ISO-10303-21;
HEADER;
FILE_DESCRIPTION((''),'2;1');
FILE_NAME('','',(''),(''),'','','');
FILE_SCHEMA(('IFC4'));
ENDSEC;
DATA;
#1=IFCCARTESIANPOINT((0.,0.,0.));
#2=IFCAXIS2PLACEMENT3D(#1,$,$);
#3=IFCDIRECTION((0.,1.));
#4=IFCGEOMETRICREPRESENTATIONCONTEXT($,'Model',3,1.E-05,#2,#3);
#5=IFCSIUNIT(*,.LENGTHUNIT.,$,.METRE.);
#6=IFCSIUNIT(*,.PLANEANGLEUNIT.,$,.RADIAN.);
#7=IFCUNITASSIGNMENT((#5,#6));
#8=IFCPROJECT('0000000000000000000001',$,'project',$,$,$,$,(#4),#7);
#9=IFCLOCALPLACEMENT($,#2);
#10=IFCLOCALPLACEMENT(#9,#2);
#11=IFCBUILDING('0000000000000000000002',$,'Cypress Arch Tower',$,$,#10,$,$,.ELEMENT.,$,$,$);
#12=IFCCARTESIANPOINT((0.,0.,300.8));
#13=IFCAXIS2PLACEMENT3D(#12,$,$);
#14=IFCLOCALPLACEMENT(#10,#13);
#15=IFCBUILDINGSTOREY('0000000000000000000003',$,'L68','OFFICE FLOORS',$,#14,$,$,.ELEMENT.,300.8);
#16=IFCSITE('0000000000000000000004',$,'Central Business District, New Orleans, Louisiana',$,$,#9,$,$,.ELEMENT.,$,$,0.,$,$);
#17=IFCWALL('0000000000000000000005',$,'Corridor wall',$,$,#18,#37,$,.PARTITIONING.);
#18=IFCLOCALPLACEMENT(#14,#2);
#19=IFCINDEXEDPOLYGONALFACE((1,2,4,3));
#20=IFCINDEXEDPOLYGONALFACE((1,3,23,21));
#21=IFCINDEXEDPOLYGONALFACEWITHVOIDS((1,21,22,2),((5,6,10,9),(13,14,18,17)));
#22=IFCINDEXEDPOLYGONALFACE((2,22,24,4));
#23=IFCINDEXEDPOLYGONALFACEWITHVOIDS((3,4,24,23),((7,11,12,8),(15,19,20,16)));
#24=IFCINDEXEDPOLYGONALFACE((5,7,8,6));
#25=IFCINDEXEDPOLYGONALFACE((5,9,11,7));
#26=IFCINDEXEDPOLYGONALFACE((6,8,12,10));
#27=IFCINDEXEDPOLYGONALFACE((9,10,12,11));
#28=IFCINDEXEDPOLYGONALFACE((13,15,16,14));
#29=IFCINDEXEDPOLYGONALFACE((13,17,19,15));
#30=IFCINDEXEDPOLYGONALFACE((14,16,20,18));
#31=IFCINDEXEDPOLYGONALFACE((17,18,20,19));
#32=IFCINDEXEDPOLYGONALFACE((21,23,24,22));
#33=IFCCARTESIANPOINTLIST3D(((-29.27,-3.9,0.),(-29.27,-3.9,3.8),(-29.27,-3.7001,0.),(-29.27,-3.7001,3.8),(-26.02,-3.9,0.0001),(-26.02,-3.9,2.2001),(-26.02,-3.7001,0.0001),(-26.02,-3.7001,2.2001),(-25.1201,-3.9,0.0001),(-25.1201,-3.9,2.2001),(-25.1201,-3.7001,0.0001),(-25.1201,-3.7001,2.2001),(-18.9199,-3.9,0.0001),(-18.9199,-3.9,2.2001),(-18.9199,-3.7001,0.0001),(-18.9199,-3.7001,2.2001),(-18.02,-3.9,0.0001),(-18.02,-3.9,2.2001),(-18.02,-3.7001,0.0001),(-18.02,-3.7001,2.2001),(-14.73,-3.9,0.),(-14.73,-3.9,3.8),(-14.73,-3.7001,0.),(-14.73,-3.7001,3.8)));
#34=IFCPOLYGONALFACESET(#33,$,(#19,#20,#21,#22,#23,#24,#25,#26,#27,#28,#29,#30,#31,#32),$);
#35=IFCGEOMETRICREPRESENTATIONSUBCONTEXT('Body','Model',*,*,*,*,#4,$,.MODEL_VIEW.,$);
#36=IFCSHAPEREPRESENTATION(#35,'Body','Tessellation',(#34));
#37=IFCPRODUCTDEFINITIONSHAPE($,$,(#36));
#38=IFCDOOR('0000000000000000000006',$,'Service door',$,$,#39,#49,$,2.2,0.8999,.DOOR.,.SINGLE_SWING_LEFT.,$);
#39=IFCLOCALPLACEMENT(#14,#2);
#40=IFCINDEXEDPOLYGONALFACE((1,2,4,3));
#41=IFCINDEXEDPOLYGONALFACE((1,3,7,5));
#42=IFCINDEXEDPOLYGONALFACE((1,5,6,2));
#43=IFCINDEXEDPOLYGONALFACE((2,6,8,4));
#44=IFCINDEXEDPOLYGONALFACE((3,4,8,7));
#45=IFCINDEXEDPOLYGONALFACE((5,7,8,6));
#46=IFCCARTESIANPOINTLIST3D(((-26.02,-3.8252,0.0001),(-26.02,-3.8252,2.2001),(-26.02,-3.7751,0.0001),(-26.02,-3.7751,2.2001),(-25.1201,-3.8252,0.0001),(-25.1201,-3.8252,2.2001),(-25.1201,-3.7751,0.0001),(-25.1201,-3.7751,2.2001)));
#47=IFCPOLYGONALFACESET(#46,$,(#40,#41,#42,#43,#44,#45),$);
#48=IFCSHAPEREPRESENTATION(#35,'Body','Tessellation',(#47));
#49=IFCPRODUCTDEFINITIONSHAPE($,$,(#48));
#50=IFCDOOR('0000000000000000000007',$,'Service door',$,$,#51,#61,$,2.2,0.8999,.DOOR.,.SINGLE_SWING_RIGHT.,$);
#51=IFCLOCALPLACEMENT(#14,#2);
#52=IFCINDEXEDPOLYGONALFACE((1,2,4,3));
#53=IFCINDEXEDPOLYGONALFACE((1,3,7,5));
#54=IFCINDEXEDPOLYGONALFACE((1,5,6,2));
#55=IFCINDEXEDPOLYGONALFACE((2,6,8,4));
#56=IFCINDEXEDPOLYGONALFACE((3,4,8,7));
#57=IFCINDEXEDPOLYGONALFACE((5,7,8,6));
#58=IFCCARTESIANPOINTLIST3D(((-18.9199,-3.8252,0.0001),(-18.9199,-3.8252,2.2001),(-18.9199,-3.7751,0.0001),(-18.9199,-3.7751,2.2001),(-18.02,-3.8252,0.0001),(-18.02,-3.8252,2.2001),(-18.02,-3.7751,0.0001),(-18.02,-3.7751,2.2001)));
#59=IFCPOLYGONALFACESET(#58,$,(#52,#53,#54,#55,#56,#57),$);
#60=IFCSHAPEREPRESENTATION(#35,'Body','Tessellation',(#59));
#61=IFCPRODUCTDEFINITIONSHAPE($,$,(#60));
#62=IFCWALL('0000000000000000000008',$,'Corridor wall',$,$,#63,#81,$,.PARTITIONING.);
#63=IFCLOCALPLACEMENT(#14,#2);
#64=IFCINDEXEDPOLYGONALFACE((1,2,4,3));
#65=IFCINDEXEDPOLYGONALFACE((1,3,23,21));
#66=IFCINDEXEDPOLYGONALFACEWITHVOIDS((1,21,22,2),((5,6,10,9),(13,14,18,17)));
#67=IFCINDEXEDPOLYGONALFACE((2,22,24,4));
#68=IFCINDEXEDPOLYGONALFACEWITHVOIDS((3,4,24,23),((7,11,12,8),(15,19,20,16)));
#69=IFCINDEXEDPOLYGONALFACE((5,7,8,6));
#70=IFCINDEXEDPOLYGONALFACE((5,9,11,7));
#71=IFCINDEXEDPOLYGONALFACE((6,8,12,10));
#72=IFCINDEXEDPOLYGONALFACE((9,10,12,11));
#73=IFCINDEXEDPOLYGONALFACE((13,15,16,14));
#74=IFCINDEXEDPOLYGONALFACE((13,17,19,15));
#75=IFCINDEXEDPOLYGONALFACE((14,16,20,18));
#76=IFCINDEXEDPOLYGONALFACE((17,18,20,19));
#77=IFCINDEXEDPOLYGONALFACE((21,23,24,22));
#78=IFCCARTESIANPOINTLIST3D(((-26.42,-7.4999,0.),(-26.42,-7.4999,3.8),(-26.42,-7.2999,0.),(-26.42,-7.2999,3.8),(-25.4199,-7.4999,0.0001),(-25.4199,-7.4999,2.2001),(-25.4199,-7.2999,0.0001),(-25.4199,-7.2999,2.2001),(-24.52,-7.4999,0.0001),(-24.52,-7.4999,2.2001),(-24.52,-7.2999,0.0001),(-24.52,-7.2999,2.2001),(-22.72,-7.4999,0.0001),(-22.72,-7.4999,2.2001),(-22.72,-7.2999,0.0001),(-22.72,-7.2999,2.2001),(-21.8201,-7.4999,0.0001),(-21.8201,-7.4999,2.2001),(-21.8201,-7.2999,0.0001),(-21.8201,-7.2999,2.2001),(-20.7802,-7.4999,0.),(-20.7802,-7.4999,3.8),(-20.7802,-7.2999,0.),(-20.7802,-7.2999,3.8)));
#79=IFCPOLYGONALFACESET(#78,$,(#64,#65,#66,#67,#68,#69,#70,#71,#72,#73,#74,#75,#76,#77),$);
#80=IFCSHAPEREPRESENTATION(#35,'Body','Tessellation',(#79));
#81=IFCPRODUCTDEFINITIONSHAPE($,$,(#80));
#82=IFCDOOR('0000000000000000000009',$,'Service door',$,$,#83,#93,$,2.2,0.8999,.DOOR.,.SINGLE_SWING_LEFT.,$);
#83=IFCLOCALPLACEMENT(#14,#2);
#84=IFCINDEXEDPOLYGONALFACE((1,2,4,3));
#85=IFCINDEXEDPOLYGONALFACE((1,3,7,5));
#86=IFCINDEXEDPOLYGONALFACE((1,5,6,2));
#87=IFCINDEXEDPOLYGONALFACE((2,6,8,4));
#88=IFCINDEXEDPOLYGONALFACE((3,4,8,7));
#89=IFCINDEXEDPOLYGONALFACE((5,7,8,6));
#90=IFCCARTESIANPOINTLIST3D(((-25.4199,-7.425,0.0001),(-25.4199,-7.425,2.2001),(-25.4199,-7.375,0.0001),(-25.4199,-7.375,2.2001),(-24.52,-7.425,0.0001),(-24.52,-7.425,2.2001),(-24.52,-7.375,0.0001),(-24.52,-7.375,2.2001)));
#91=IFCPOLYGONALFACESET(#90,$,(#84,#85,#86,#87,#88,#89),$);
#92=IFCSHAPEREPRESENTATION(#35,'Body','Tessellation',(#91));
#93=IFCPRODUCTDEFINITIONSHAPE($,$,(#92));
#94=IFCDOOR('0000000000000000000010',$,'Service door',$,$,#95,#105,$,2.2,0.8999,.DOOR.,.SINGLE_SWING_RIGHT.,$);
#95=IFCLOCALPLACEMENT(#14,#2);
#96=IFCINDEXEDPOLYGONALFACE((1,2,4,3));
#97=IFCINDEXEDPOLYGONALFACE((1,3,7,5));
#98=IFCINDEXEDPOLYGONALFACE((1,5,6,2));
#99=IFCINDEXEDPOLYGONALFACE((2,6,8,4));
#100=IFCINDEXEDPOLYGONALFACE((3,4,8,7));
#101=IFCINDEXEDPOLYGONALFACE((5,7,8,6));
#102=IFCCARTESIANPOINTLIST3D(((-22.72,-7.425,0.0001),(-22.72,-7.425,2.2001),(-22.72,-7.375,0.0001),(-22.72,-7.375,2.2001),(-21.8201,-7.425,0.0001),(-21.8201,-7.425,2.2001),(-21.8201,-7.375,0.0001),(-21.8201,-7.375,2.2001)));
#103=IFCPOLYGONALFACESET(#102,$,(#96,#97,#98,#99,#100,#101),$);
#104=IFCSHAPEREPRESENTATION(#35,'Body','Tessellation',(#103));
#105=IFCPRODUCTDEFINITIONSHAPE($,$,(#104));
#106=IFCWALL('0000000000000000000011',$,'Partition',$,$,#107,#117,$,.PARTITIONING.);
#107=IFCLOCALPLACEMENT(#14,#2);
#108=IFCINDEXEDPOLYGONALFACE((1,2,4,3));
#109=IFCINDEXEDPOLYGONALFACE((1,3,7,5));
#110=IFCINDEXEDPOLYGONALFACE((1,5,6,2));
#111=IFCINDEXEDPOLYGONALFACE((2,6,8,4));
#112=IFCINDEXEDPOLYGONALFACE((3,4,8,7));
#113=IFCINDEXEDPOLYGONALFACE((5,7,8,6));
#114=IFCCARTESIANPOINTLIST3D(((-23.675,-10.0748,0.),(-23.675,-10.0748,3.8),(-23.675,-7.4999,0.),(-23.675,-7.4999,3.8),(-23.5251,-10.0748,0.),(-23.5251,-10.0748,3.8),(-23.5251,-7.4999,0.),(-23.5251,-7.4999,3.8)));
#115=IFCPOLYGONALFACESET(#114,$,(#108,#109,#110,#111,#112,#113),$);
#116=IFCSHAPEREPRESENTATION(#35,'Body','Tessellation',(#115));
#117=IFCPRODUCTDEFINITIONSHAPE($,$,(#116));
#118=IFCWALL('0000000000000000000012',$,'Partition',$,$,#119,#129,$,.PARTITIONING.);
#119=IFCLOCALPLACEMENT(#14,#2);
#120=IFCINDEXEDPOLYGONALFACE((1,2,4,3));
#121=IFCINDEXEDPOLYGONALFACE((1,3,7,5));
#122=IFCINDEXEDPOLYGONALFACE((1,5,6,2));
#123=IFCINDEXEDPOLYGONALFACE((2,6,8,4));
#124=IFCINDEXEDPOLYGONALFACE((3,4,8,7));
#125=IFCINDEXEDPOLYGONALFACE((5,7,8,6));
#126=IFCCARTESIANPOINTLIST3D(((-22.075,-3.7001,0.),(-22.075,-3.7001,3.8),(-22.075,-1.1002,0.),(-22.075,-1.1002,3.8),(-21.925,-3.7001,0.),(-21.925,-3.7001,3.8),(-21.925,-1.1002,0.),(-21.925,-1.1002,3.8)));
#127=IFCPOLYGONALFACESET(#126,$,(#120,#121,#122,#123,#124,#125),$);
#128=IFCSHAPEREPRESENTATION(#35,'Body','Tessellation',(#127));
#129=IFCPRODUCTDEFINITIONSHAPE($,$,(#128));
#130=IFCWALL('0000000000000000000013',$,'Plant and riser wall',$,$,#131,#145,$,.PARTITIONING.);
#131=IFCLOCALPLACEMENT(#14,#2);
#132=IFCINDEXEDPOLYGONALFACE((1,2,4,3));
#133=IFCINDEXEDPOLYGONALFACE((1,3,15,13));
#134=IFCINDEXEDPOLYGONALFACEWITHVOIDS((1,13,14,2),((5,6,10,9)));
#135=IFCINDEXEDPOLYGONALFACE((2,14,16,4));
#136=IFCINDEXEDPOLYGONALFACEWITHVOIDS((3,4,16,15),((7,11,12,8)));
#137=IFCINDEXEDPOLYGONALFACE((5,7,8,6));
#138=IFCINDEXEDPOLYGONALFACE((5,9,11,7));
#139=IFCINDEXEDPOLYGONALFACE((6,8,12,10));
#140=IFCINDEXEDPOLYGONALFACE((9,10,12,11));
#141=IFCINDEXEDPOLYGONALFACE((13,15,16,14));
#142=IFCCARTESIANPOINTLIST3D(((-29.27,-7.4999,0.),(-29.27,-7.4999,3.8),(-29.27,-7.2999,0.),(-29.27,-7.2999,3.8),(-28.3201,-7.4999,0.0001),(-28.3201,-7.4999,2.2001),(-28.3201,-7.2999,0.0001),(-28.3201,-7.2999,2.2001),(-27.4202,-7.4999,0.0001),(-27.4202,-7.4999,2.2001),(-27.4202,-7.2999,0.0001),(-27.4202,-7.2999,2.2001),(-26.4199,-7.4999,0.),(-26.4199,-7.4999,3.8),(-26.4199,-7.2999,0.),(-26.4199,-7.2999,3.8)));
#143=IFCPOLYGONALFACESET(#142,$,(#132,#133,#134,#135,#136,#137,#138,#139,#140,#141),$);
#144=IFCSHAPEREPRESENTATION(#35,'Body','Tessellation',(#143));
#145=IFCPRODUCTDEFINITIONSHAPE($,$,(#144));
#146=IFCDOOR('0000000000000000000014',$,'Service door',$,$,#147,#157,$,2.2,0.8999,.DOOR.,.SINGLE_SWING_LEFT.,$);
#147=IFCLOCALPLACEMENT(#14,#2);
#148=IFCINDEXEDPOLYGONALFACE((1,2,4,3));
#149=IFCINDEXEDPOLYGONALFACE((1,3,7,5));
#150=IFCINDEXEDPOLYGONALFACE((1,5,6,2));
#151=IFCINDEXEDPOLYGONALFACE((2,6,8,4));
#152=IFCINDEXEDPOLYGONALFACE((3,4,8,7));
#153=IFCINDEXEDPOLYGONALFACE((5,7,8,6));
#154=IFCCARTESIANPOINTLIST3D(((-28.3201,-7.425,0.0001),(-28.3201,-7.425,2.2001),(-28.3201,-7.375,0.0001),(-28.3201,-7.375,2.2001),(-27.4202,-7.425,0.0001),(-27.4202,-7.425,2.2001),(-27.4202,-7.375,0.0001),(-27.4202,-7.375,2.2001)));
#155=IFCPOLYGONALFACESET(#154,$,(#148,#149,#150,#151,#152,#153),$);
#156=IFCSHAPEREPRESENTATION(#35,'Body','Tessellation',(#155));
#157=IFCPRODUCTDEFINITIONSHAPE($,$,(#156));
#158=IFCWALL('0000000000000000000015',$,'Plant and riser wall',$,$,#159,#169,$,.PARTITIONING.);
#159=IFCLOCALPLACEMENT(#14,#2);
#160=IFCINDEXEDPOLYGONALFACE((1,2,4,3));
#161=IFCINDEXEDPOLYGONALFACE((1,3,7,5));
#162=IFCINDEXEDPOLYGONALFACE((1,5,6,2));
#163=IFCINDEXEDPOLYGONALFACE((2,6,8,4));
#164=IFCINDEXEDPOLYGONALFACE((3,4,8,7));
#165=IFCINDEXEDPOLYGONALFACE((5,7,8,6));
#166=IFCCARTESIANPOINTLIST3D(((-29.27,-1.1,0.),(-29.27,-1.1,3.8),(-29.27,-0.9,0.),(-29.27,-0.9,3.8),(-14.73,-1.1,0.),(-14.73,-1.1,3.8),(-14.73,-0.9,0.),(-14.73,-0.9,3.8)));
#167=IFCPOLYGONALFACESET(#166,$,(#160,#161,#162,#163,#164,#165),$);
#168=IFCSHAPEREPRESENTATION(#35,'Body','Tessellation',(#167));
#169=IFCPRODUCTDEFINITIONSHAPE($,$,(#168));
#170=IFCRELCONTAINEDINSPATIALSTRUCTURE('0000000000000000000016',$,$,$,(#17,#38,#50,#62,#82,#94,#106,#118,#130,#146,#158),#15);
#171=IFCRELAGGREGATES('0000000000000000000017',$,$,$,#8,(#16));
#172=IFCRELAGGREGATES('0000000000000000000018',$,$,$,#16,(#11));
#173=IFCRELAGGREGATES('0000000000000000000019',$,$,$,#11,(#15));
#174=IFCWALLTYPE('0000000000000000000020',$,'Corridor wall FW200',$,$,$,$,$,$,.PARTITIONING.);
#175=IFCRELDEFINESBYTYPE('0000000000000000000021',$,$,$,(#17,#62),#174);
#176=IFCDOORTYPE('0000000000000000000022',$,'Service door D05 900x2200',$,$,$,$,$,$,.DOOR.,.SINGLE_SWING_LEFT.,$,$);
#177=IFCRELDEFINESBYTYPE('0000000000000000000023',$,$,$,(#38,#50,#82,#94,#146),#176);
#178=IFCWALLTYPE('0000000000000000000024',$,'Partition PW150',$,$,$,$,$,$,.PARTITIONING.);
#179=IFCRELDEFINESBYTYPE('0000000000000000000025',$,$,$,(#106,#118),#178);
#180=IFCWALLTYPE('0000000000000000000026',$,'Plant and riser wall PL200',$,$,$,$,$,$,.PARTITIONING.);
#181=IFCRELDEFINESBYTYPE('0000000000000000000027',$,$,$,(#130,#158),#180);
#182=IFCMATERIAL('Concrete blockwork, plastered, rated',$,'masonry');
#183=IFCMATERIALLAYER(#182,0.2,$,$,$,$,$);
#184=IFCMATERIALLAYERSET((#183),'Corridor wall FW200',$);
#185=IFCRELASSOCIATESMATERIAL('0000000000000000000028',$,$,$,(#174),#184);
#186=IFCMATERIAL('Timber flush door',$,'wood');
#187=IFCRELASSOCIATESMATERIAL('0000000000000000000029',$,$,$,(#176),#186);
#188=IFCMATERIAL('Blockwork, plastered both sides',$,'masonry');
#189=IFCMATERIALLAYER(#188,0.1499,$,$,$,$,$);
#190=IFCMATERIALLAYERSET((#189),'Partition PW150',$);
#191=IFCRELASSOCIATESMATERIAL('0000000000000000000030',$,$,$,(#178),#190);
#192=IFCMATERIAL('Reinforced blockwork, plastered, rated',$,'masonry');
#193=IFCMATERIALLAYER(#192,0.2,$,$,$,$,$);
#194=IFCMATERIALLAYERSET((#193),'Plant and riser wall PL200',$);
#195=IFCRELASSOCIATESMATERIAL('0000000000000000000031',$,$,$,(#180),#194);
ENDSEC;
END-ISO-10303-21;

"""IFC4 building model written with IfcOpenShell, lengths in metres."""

from ifc_helpers import new_model, si_unit, direction, frame, frame_2d, origin, place, context, subcontext, project, spatial, rectangle, extrude, material, layer, layer_set, type_object, element, fill, save


model = new_model("IFC4")

# Units and contexts
model_context = context("Model", 3, precision=1e-05, world=origin(), true_north=direction((0.0, 1.0)))
body_context = subcontext(model_context, "Body", "Model", "MODEL_VIEW")
ifc_project = project(units=[si_unit("LENGTHUNIT", "METRE"), si_unit("PLANEANGLEUNIT", "RADIAN")], contexts=[model_context])

# Site, building, storey
site_placement = place(None, origin())
site = spatial("IfcSite", under=ifc_project, at=site_placement, Name="Central Business District, New Orleans, Louisiana", CompositionType="ELEMENT", RefElevation=0.0)
building_placement = place(site_placement, origin())
building = spatial("IfcBuilding", under=site, at=building_placement, Name="Cypress Arch Tower", CompositionType="ELEMENT")
storey_placement = place(building_placement, frame((0.0, 0.0, 300.8)))
storey = spatial("IfcBuildingStorey", under=building, at=storey_placement, Name="L68", Description="OFFICE FLOORS", CompositionType="ELEMENT", Elevation=300.8)

# Walls, openings, doors
ifc_material_1 = material(Name="Concrete blockwork, plastered, rated", Category="masonry")
ifc_layer_1 = layer(ifc_material_1, 0.2)
ifc_layer_set_1 = layer_set([ifc_layer_1], Name="Corridor wall FW200")
wall_type_1 = type_object("IfcWallType", Name="Corridor wall FW200", PredefinedType="PARTITIONING", material=ifc_layer_set_1)
wall_1_placement = place(storey_placement, frame((-29.27, -3.8, 0.0), z_axis=(0.0, 0.0, 1.0), x_axis=(1.0, 0.0, 0.0)))
wall_1 = element("IfcWall", 1, at=wall_1_placement, inside=storey, type_object=wall_type_1, Name="Corridor wall", PredefinedType="PARTITIONING", context=body_context, shape_type="SweptSolid", body=[
    extrude(rectangle(XDim=14.54, YDim=0.2, at=frame_2d((7.27, 0.0))), origin(), (0.0, 0.0, 1.0), 3.8),
])
opening_1_placement = place(wall_1_placement, frame((3.25, 0.0, 0.0)))
opening_1 = element("IfcOpeningElement", 2, at=opening_1_placement, cuts=wall_1, PredefinedType="OPENING", context=body_context, shape_type="SweptSolid", body=[
    extrude(rectangle(XDim=0.8999, YDim=2.2, at=frame_2d((0.45, 1.1001))), frame((0.0, 0.1099, 0.0), z_axis=(0.0, -1.0, 0.0), x_axis=(1.0, 0.0, 0.0)), (0.0, 0.0, 1.0), 0.22),
])
opening_2_placement = place(wall_1_placement, frame((10.3501, 0.0, 0.0)))
opening_2 = element("IfcOpeningElement", 3, at=opening_2_placement, cuts=wall_1, PredefinedType="OPENING", context=body_context, shape_type="SweptSolid", body=[
    extrude(rectangle(XDim=0.8999, YDim=2.2, at=frame_2d((0.45, 1.1001))), frame((0.0, 0.1099, 0.0), z_axis=(0.0, -1.0, 0.0), x_axis=(1.0, 0.0, 0.0)), (0.0, 0.0, 1.0), 0.22),
])
ifc_material_2 = material(Name="Timber flush door", Category="wood")
door_type = type_object("IfcDoorType", Name="Service door D05 900x2200", OperationType="SINGLE_SWING_LEFT", PredefinedType="DOOR", material=ifc_material_2)
door_1_placement = place(opening_1_placement, origin())
door_1 = element("IfcDoor", 4, at=door_1_placement, inside=storey, type_object=door_type, Name="Service door", OperationType="SINGLE_SWING_LEFT", OverallHeight=2.2, OverallWidth=0.8999, PredefinedType="DOOR", context=body_context, shape_type="SweptSolid", body=[
    extrude(rectangle(XDim=0.8999, YDim=2.2, at=frame_2d((0.45, 1.1001))), frame((0.0, 0.0249, 0.0), z_axis=(0.0, -1.0, 0.0), x_axis=(1.0, 0.0, 0.0)), (0.0, 0.0, 1.0), 0.05),
])
fill(opening_1, door_1)
door_2_placement = place(opening_2_placement, origin())
door_2 = element("IfcDoor", 5, at=door_2_placement, inside=storey, type_object=door_type, Name="Service door", OperationType="SINGLE_SWING_RIGHT", OverallHeight=2.2, OverallWidth=0.8999, PredefinedType="DOOR", context=body_context, shape_type="SweptSolid", body=[
    extrude(rectangle(XDim=0.8999, YDim=2.2, at=frame_2d((0.45, 1.1001))), frame((0.0, 0.0249, 0.0), z_axis=(0.0, -1.0, 0.0), x_axis=(1.0, 0.0, 0.0)), (0.0, 0.0, 1.0), 0.05),
])
fill(opening_2, door_2)
wall_2_placement = place(storey_placement, frame((-26.4199, -7.3999, 0.0), z_axis=(0.0, 0.0, 1.0), x_axis=(1.0, 0.0, 0.0)))
wall_2 = element("IfcWall", 6, at=wall_2_placement, inside=storey, type_object=wall_type_1, Name="Corridor wall", PredefinedType="PARTITIONING", context=body_context, shape_type="SweptSolid", body=[
    extrude(rectangle(XDim=5.6399, YDim=0.2, at=frame_2d((2.8198, 0.0))), origin(), (0.0, 0.0, 1.0), 3.8),
])
opening_3_placement = place(wall_2_placement, frame((1.0, 0.0, 0.0)))
opening_3 = element("IfcOpeningElement", 7, at=opening_3_placement, cuts=wall_2, PredefinedType="OPENING", context=body_context, shape_type="SweptSolid", body=[
    extrude(rectangle(XDim=0.8999, YDim=2.2, at=frame_2d((0.45, 1.1001))), frame((0.0, 0.1099, 0.0), z_axis=(0.0, -1.0, 0.0), x_axis=(1.0, 0.0, 0.0)), (0.0, 0.0, 1.0), 0.22),
])
opening_4_placement = place(wall_2_placement, frame((3.7, 0.0, 0.0)))
opening_4 = element("IfcOpeningElement", 8, at=opening_4_placement, cuts=wall_2, PredefinedType="OPENING", context=body_context, shape_type="SweptSolid", body=[
    extrude(rectangle(XDim=0.8999, YDim=2.2, at=frame_2d((0.45, 1.1001))), frame((0.0, 0.1099, 0.0), z_axis=(0.0, -1.0, 0.0), x_axis=(1.0, 0.0, 0.0)), (0.0, 0.0, 1.0), 0.22),
])
door_3_placement = place(opening_3_placement, origin())
door_3 = element("IfcDoor", 9, at=door_3_placement, inside=storey, type_object=door_type, Name="Service door", OperationType="SINGLE_SWING_LEFT", OverallHeight=2.2, OverallWidth=0.8999, PredefinedType="DOOR", context=body_context, shape_type="SweptSolid", body=[
    extrude(rectangle(XDim=0.8999, YDim=2.2, at=frame_2d((0.45, 1.1001))), frame((0.0, 0.0249, 0.0), z_axis=(0.0, -1.0, 0.0), x_axis=(1.0, 0.0, 0.0)), (0.0, 0.0, 1.0), 0.05),
])
fill(opening_3, door_3)
door_4_placement = place(opening_4_placement, origin())
door_4 = element("IfcDoor", 10, at=door_4_placement, inside=storey, type_object=door_type, Name="Service door", OperationType="SINGLE_SWING_RIGHT", OverallHeight=2.2, OverallWidth=0.8999, PredefinedType="DOOR", context=body_context, shape_type="SweptSolid", body=[
    extrude(rectangle(XDim=0.8999, YDim=2.2, at=frame_2d((0.45, 1.1001))), frame((0.0, 0.0249, 0.0), z_axis=(0.0, -1.0, 0.0), x_axis=(1.0, 0.0, 0.0)), (0.0, 0.0, 1.0), 0.05),
])
fill(opening_4, door_4)

# Walls
ifc_material_3 = material(Name="Blockwork, plastered both sides", Category="masonry")
ifc_layer_2 = layer(ifc_material_3, 0.1499)
ifc_layer_set_2 = layer_set([ifc_layer_2], Name="Partition PW150")
wall_type_2 = type_object("IfcWallType", Name="Partition PW150", PredefinedType="PARTITIONING", material=ifc_layer_set_2)
wall_3_placement = place(storey_placement, frame((-23.6001, -10.075, 0.0), z_axis=(0.0, 0.0, 1.0), x_axis=(0.0, 1.0, 0.0)))
element("IfcWall", 11, at=wall_3_placement, inside=storey, type_object=wall_type_2, Name="Partition", PredefinedType="PARTITIONING", context=body_context, shape_type="SweptSolid", body=[
    extrude(rectangle(XDim=2.575, YDim=0.1499, at=frame_2d((1.2876, 0.0))), origin(), (0.0, 0.0, 1.0), 3.8),
])
wall_4_placement = place(storey_placement, frame((-22.0, -3.7, 0.0), z_axis=(0.0, 0.0, 1.0), x_axis=(0.0, 1.0, 0.0)))
element("IfcWall", 12, at=wall_4_placement, inside=storey, type_object=wall_type_2, Name="Partition", PredefinedType="PARTITIONING", context=body_context, shape_type="SweptSolid", body=[
    extrude(rectangle(XDim=2.5999, YDim=0.1499, at=frame_2d((1.2998, 0.0))), origin(), (0.0, 0.0, 1.0), 3.8),
])

# Wall, opening, door
ifc_material_4 = material(Name="Reinforced blockwork, plastered, rated", Category="masonry")
ifc_layer_3 = layer(ifc_material_4, 0.2)
ifc_layer_set_3 = layer_set([ifc_layer_3], Name="Plant and riser wall PL200")
wall_type_3 = type_object("IfcWallType", Name="Plant and riser wall PL200", PredefinedType="PARTITIONING", material=ifc_layer_set_3)
wall_5_placement = place(storey_placement, frame((-29.27, -7.3999, 0.0), z_axis=(0.0, 0.0, 1.0), x_axis=(1.0, 0.0, 0.0)))
wall_5 = element("IfcWall", 13, at=wall_5_placement, inside=storey, type_object=wall_type_3, Name="Plant and riser wall", PredefinedType="PARTITIONING", context=body_context, shape_type="SweptSolid", body=[
    extrude(rectangle(XDim=2.8501, YDim=0.2, at=frame_2d((1.425, 0.0))), origin(), (0.0, 0.0, 1.0), 3.8),
])
opening_5_placement = place(wall_5_placement, frame((0.95, 0.0, 0.0)))
opening_5 = element("IfcOpeningElement", 14, at=opening_5_placement, cuts=wall_5, PredefinedType="OPENING", context=body_context, shape_type="SweptSolid", body=[
    extrude(rectangle(XDim=0.8999, YDim=2.2, at=frame_2d((0.45, 1.1001))), frame((0.0, 0.1099, 0.0), z_axis=(0.0, -1.0, 0.0), x_axis=(1.0, 0.0, 0.0)), (0.0, 0.0, 1.0), 0.22),
])
door_5_placement = place(opening_5_placement, origin())
door_5 = element("IfcDoor", 15, at=door_5_placement, inside=storey, type_object=door_type, Name="Service door", OperationType="SINGLE_SWING_LEFT", OverallHeight=2.2, OverallWidth=0.8999, PredefinedType="DOOR", context=body_context, shape_type="SweptSolid", body=[
    extrude(rectangle(XDim=0.8999, YDim=2.2, at=frame_2d((0.45, 1.1001))), frame((0.0, 0.0249, 0.0), z_axis=(0.0, -1.0, 0.0), x_axis=(1.0, 0.0, 0.0)), (0.0, 0.0, 1.0), 0.05),
])
fill(opening_5, door_5)

# Wall
wall_6_placement = place(storey_placement, frame((-29.27, -1.0, 0.0), z_axis=(0.0, 0.0, 1.0), x_axis=(1.0, 0.0, 0.0)))
element("IfcWall", 16, at=wall_6_placement, inside=storey, type_object=wall_type_3, Name="Plant and riser wall", PredefinedType="PARTITIONING", context=body_context, shape_type="SweptSolid", body=[
    extrude(rectangle(XDim=14.54, YDim=0.2, at=frame_2d((7.27, 0.0))), origin(), (0.0, 0.0, 1.0), 3.8),
])

save(model, "model.ifc")
